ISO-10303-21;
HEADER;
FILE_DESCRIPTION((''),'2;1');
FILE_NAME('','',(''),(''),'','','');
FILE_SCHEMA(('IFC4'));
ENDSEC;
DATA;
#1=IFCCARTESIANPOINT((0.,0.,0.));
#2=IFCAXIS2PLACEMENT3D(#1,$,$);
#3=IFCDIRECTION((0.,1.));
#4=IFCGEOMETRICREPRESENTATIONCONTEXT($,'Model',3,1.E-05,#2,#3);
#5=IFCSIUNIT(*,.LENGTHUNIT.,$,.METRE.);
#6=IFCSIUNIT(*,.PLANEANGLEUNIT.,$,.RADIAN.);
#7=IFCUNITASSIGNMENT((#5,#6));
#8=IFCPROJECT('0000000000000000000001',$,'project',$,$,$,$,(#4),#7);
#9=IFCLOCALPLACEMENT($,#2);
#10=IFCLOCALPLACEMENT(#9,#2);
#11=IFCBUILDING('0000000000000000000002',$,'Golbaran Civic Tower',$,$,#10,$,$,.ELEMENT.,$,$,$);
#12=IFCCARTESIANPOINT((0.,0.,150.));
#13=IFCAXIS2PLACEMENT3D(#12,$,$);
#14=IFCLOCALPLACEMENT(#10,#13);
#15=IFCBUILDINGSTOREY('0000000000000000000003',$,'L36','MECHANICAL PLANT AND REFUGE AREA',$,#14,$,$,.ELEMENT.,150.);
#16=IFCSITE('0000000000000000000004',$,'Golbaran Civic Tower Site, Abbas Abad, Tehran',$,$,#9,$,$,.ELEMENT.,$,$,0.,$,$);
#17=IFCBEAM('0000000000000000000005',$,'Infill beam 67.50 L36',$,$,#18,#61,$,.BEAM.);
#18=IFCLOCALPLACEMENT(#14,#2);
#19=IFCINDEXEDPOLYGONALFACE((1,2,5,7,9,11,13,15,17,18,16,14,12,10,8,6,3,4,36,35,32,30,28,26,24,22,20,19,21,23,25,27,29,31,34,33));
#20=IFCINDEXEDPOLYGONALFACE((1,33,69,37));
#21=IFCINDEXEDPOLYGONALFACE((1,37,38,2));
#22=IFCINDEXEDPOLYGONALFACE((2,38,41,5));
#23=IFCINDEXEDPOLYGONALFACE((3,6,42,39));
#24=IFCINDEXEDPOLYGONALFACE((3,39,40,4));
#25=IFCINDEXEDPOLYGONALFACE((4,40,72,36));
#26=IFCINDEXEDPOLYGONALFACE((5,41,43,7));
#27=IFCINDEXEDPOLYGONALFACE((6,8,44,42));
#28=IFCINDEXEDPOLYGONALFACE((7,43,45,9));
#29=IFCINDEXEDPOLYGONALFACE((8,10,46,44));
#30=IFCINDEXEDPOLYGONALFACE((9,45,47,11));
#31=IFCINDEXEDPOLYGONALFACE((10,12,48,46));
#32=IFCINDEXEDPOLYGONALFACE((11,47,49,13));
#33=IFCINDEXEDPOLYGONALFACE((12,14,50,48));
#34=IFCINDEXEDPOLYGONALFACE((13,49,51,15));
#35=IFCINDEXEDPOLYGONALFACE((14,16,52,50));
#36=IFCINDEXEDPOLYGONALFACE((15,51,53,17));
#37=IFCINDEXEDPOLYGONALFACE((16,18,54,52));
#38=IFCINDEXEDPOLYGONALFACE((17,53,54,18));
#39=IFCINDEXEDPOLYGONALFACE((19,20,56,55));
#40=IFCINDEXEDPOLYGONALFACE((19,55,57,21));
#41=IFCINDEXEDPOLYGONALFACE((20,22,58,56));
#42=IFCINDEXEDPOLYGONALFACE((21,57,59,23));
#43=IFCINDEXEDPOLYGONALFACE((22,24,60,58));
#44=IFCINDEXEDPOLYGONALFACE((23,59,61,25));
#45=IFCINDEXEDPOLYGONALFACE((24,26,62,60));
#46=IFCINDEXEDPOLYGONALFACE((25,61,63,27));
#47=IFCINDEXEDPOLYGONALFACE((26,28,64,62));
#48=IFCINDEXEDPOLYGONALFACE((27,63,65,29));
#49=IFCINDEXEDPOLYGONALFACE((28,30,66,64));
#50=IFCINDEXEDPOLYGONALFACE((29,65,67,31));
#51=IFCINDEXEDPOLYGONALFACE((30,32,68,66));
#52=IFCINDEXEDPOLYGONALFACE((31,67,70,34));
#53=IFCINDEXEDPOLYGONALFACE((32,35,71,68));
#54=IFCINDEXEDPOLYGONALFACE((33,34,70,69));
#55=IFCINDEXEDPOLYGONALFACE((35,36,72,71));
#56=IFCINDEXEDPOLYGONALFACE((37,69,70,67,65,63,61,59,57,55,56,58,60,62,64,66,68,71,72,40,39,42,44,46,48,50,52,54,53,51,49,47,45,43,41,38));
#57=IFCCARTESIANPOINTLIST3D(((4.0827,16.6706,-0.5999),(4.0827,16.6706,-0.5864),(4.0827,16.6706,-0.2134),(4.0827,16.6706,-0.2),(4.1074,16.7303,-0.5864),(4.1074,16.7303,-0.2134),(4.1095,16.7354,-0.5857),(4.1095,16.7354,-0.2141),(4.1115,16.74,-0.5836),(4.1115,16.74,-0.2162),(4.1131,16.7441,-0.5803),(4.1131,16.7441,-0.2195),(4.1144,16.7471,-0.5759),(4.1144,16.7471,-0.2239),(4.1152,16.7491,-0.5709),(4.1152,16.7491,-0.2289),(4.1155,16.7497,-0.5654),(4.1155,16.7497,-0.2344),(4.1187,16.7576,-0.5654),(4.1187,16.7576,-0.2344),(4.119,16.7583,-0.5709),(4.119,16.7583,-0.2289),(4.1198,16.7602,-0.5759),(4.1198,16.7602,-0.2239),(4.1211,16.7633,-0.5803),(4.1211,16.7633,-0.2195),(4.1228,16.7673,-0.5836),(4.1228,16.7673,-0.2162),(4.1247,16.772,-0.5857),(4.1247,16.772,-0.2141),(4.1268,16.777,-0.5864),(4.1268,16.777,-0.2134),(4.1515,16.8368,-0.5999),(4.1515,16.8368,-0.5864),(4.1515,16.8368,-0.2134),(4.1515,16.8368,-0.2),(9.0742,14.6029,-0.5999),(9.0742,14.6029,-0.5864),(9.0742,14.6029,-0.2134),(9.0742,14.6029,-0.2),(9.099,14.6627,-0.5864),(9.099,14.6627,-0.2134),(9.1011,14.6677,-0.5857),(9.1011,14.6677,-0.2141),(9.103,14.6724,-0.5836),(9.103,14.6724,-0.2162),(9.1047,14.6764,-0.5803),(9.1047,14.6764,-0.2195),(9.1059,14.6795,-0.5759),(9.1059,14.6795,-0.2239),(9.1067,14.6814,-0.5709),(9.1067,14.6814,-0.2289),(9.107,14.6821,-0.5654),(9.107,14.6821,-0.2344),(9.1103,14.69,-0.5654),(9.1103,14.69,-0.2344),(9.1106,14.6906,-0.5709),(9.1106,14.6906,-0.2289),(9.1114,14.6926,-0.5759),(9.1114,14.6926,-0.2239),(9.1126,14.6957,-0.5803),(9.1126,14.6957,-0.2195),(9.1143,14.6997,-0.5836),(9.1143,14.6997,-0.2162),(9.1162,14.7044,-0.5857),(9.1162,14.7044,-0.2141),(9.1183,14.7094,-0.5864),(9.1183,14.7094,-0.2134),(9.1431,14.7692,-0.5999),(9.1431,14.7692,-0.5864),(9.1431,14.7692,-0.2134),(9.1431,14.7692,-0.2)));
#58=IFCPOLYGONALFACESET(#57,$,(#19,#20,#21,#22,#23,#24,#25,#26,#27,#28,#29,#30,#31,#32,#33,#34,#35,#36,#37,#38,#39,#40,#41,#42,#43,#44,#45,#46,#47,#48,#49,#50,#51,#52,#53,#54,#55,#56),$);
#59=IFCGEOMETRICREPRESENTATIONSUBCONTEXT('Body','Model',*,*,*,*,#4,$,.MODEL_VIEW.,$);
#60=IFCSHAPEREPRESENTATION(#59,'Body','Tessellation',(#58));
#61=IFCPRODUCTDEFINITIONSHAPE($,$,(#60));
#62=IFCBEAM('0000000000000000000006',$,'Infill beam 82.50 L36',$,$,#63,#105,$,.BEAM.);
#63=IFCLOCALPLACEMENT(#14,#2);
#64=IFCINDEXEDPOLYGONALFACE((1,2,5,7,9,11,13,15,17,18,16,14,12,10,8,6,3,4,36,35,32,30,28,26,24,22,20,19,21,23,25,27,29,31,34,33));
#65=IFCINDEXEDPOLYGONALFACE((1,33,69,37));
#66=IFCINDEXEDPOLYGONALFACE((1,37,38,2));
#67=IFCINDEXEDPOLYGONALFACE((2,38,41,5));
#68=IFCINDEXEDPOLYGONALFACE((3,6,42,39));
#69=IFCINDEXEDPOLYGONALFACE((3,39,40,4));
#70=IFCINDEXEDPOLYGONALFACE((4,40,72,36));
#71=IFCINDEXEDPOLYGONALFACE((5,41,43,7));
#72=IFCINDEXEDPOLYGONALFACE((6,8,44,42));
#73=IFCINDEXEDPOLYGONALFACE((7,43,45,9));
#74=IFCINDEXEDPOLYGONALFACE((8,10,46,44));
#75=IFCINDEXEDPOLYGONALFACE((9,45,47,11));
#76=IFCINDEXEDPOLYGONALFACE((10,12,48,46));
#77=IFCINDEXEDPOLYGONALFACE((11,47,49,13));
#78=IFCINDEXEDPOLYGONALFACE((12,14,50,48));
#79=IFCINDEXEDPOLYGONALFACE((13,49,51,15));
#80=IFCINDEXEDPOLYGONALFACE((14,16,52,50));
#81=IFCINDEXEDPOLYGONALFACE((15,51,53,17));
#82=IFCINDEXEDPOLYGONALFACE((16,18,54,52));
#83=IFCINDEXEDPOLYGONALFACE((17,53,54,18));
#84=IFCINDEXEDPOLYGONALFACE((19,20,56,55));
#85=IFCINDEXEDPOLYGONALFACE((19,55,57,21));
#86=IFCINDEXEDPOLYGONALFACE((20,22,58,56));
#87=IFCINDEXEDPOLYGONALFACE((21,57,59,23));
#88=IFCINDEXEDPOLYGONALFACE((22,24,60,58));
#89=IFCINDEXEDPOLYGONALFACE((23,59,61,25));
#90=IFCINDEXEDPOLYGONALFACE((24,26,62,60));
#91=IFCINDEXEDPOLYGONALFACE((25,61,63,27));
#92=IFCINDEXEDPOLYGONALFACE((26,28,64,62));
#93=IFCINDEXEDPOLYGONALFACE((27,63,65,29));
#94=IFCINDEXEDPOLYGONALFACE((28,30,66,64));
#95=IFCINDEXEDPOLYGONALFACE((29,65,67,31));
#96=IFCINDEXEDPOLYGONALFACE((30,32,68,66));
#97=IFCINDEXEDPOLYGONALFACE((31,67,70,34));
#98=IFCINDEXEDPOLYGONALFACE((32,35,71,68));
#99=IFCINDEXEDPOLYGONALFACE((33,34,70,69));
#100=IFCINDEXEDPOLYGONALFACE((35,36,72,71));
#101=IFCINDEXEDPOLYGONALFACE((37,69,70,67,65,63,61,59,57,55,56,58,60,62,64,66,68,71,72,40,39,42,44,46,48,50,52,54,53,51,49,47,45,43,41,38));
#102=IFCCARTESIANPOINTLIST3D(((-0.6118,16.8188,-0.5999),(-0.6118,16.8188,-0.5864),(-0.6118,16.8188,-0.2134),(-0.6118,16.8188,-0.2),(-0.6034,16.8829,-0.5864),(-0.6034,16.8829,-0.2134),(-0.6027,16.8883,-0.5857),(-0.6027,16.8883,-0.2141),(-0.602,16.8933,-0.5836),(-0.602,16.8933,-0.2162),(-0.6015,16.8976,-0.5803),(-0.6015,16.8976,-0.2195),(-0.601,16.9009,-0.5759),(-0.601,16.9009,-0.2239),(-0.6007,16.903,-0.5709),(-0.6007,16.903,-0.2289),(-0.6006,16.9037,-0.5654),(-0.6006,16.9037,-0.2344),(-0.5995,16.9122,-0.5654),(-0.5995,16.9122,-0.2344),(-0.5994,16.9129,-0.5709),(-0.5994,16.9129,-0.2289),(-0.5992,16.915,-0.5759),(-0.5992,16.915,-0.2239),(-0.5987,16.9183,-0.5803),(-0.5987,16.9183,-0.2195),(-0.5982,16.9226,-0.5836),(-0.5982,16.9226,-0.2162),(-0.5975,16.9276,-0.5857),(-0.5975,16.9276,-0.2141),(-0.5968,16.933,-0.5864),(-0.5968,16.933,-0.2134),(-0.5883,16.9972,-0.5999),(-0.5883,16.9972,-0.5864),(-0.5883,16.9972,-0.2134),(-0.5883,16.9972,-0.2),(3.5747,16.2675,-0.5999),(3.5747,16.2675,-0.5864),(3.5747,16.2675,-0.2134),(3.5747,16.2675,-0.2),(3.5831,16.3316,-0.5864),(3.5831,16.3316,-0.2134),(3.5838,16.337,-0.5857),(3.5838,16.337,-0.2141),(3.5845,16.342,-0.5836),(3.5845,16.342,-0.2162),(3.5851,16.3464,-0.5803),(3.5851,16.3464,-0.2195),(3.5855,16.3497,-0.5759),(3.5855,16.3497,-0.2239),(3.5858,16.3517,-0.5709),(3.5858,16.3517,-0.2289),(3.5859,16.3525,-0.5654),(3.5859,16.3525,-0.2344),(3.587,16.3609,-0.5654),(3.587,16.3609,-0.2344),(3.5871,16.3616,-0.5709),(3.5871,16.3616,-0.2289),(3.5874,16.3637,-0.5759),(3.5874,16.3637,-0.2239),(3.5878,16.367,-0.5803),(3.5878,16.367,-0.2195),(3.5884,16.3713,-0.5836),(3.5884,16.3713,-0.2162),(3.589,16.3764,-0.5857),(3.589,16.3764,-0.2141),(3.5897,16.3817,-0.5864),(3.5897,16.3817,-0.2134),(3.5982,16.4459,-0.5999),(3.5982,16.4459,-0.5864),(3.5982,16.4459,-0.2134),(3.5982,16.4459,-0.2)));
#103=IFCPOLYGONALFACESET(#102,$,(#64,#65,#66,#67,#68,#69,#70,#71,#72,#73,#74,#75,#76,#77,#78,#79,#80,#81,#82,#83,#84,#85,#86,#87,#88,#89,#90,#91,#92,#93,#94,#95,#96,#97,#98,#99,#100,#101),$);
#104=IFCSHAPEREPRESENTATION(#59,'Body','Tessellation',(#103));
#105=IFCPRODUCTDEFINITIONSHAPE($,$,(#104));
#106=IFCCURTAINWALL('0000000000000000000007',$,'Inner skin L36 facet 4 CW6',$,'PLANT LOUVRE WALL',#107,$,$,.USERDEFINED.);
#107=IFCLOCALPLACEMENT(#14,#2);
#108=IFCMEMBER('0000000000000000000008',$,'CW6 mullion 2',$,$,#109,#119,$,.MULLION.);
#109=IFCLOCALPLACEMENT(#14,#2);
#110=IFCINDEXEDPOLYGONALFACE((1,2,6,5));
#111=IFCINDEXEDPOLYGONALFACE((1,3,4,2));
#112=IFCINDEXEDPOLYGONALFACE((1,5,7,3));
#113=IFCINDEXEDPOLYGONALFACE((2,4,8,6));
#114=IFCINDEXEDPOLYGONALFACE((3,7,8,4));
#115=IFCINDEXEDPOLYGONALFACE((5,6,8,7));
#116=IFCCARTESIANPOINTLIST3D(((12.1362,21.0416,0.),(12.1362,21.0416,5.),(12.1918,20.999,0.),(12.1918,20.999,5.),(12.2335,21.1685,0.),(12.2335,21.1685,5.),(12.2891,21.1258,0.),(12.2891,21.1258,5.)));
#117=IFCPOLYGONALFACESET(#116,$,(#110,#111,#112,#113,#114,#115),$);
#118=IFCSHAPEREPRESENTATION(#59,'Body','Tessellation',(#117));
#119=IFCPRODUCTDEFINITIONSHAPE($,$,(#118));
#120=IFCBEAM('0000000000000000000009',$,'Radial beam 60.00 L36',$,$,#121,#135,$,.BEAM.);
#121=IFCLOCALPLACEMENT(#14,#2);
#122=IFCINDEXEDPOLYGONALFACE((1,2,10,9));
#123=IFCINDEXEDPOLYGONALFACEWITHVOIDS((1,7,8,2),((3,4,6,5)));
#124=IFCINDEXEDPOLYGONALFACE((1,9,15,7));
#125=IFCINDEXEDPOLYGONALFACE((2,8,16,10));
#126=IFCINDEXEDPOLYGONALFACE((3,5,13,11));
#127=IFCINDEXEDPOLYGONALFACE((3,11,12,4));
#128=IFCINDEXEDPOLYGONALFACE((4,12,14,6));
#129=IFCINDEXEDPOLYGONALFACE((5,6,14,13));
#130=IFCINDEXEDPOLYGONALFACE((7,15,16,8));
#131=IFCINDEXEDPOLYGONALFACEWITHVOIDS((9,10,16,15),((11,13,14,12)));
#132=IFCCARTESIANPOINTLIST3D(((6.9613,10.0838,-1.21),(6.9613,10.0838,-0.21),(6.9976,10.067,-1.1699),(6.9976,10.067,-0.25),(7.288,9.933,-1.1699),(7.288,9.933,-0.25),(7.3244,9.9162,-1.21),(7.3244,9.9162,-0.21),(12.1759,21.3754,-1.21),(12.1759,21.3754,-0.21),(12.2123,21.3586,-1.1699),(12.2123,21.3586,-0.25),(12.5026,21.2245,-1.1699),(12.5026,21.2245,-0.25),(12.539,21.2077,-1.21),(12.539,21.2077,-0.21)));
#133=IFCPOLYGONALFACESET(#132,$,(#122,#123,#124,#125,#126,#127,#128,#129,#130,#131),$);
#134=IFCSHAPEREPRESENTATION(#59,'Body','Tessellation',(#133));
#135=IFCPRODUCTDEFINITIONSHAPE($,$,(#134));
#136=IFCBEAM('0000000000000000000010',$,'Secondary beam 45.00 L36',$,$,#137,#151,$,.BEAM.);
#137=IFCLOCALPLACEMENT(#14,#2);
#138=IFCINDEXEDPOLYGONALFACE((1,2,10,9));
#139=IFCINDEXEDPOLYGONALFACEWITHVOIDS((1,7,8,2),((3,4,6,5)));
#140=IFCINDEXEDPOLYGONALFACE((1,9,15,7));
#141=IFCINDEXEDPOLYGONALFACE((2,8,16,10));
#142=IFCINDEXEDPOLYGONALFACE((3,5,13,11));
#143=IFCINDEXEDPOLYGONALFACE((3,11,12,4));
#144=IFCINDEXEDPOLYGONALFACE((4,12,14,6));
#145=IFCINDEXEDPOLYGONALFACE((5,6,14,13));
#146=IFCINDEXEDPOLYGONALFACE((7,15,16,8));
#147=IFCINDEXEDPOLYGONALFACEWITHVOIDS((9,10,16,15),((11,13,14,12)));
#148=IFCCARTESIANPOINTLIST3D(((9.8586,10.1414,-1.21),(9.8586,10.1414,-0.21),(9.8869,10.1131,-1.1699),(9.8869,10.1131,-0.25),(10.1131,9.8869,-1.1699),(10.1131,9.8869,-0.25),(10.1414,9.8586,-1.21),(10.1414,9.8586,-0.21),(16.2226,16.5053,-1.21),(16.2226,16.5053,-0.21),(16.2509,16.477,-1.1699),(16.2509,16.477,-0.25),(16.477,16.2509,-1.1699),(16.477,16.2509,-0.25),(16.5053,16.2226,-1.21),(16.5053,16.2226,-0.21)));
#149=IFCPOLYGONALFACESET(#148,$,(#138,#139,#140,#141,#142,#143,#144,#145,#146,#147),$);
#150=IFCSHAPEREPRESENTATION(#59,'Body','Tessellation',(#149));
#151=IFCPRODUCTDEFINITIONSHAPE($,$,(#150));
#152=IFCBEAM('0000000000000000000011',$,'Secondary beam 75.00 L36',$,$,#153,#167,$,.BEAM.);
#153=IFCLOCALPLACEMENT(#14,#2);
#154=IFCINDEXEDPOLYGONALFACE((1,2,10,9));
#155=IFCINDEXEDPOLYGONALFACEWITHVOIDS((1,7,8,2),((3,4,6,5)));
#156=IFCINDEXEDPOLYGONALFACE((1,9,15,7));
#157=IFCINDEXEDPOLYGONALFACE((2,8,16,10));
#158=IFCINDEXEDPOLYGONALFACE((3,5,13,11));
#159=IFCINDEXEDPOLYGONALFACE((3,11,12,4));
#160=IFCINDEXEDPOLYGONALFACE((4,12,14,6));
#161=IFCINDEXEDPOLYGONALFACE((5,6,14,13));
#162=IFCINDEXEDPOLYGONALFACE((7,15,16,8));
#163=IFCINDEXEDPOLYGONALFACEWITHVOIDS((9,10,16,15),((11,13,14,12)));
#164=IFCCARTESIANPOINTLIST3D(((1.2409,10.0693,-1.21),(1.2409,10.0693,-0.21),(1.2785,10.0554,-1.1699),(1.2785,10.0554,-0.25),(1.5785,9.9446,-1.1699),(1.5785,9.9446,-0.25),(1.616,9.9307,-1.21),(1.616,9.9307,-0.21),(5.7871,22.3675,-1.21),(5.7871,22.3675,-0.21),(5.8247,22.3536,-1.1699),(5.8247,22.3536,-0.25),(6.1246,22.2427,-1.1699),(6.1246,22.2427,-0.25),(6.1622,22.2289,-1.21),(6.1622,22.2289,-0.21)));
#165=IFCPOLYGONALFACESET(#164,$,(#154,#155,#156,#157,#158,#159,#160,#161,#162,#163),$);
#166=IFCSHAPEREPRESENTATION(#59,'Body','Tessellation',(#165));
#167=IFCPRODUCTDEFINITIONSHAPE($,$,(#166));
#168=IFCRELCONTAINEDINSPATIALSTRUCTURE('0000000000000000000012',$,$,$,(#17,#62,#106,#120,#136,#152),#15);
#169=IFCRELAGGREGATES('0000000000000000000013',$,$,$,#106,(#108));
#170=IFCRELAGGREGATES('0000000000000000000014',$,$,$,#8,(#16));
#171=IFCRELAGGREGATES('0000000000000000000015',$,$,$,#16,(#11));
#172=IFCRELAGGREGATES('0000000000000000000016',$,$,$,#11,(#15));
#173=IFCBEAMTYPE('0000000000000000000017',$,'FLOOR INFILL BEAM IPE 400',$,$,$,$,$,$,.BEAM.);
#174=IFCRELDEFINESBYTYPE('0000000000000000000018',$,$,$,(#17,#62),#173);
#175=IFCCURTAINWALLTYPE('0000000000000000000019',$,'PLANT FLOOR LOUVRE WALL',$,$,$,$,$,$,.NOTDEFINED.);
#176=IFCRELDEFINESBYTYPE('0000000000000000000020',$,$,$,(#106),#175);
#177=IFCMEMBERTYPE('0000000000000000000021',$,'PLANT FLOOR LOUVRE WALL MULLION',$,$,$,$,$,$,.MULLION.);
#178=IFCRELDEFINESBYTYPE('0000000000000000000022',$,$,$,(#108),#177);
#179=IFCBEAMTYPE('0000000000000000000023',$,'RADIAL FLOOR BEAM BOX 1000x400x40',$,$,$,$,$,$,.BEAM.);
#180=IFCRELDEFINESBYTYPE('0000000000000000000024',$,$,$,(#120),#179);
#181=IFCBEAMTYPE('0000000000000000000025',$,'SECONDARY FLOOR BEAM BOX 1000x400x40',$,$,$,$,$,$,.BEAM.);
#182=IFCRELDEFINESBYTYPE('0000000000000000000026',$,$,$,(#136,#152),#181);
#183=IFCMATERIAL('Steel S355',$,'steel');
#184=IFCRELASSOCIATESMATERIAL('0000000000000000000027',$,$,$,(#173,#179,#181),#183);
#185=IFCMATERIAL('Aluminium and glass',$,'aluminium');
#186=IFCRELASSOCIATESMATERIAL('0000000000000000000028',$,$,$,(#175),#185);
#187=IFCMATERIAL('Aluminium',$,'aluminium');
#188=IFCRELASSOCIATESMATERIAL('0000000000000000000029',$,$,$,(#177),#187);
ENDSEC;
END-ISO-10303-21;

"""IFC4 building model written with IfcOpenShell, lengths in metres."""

from ifc_helpers import new_model, si_unit, direction, frame, origin, origin_2d, place, context, subcontext, project, spatial, rectangle, hollow_rectangle, i_section, extrude, material, material_profile, profile_set, type_object, element, aggregate, save


model = new_model("IFC4")

# Units and contexts
model_context = context("Model", 3, precision=1e-05, world=origin(), true_north=direction((0.0, 1.0)))
body_context = subcontext(model_context, "Body", "Model", "MODEL_VIEW")
ifc_project = project(units=[si_unit("LENGTHUNIT", "METRE"), si_unit("PLANEANGLEUNIT", "RADIAN")], contexts=[model_context])

# Site, building, storey
site_placement = place(None, origin())
site = spatial("IfcSite", under=ifc_project, at=site_placement, Name="Golbaran Civic Tower Site, Abbas Abad, Tehran", CompositionType="ELEMENT", RefElevation=0.0)
building_placement = place(site_placement, origin())
building = spatial("IfcBuilding", under=site, at=building_placement, Name="Golbaran Civic Tower", CompositionType="ELEMENT")
storey_placement = place(building_placement, frame((0.0, 0.0, 150.0)))
storey = spatial("IfcBuildingStorey", under=building, at=storey_placement, Name="L36", Description="MECHANICAL PLANT AND REFUGE AREA", CompositionType="ELEMENT", Elevation=150.0)

# Shared definitions
ifc_material_1 = material(Name="Steel S355", Category="steel")

# Beams
ifc_material_profile_1 = material_profile(ifc_material_1, i_section(OverallWidth=0.1799, OverallDepth=0.3999, WebThickness=0.0085, FlangeThickness=0.0134, FilletRadius=0.021, at=origin_2d()), Name="IPE 400")
ifc_profile_set_1 = profile_set([ifc_material_profile_1], Name="Steel S355")
beam_type_1 = type_object("IfcBeamType", Name="FLOOR INFILL BEAM IPE 400", PredefinedType="BEAM", material=ifc_profile_set_1)
beam_1_placement = place(storey_placement, frame((9.1086, 14.686, -0.3999), z_axis=(-0.923873, 0.382699, 0.0), x_axis=(-0.382699, -0.923873, 0.0)))
element("IfcBeam", 1, at=beam_1_placement, inside=storey, type_object=beam_type_1, Name="Infill beam 67.50 L36", PredefinedType="BEAM", context=body_context, shape_type="SweptSolid", body=[
    extrude(i_section(OverallWidth=0.1799, OverallDepth=0.3999, WebThickness=0.0085, FlangeThickness=0.0134, FilletRadius=0.021, at=origin_2d()), origin(), (0.0, 0.0, 1.0), 5.4028),
])
beam_2_placement = place(storey_placement, frame((3.5864, 16.3567, -0.3999), z_axis=(-0.991442, 0.13055, 0.0), x_axis=(-0.13055, -0.991442, 0.0)))
element("IfcBeam", 2, at=beam_2_placement, inside=storey, type_object=beam_type_1, Name="Infill beam 82.50 L36", PredefinedType="BEAM", context=body_context, shape_type="SweptSolid", body=[
    extrude(i_section(OverallWidth=0.1799, OverallDepth=0.3999, WebThickness=0.0085, FlangeThickness=0.0134, FilletRadius=0.021, at=origin_2d()), origin(), (0.0, 0.0, 1.0), 4.2227),
])

# Curtain wall, member
ifc_material_2 = material(Name="Aluminium and glass", Category="aluminium")
curtain_wall_type = type_object("IfcCurtainWallType", Name="PLANT FLOOR LOUVRE WALL", PredefinedType="NOTDEFINED", material=ifc_material_2)
curtain_wall_placement = place(storey_placement, origin())
curtain_wall = element("IfcCurtainWall", 3, at=curtain_wall_placement, inside=storey, type_object=curtain_wall_type, Name="Inner skin L36 facet 4 CW6", ObjectType="PLANT LOUVRE WALL", PredefinedType="USERDEFINED")
ifc_material_3 = material(Name="Aluminium", Category="aluminium")
ifc_material_profile_2 = material_profile(ifc_material_3, rectangle(XDim=0.1599, YDim=0.0701, at=origin_2d()), Name="PLANT FLOOR LOUVRE WALL MULLION")
ifc_profile_set_2 = profile_set([ifc_material_profile_2], Name="Aluminium")
member_type_1 = type_object("IfcMemberType", Name="PLANT FLOOR LOUVRE WALL MULLION", PredefinedType="MULLION", material=ifc_profile_set_2)
member_1_placement = place(storey_placement, frame((12.2126, 21.0837, 0.0), z_axis=(0.0, 0.0, 1.0), x_axis=(-0.608761, -0.793353, 0.0)))
member_1 = element("IfcMember", 4, at=member_1_placement, type_object=member_type_1, Name="CW6 mullion 2", PredefinedType="MULLION", context=body_context, shape_type="SweptSolid", body=[
    extrude(rectangle(XDim=0.1599, YDim=0.0701, at=origin_2d()), origin(), (0.0, 0.0, 1.0), 5.0),
])
aggregate(curtain_wall, [member_1])

# Beams
ifc_material_profile_3 = material_profile(ifc_material_1, hollow_rectangle(XDim=0.3999, YDim=1.0, WallThickness=0.04, at=origin_2d()), Name="BOX 1000x400x40")
ifc_profile_set_3 = profile_set([ifc_material_profile_3], Name="Steel S355")
beam_type_2 = type_object("IfcBeamType", Name="RADIAL FLOOR BEAM BOX 1000x400x40", PredefinedType="BEAM", material=ifc_profile_set_3)
beam_3_placement = place(storey_placement, frame((7.1428, 10.0, -0.71), z_axis=(0.419266, 0.907863, 0.0), x_axis=(-0.907863, 0.419266, 0.0)))
element("IfcBeam", 5, at=beam_3_placement, inside=storey, type_object=beam_type_2, Name="Radial beam 60.00 L36", PredefinedType="BEAM", context=body_context, shape_type="SweptSolid", body=[
    extrude(hollow_rectangle(XDim=0.3999, YDim=1.0, WallThickness=0.04, at=origin_2d()), origin(), (0.0, 0.0, 1.0), 12.4375),
])
ifc_material_profile_4 = material_profile(ifc_material_1, hollow_rectangle(XDim=0.3999, YDim=1.0, WallThickness=0.04, at=origin_2d()), Name="BOX 1000x400x40")
ifc_profile_set_4 = profile_set([ifc_material_profile_4], Name="Steel S355")
beam_type_3 = type_object("IfcBeamType", Name="SECONDARY FLOOR BEAM BOX 1000x400x40", PredefinedType="BEAM", material=ifc_profile_set_4)
beam_4_placement = place(storey_placement, frame((10.0, 10.0, -0.71), z_axis=(0.707107, 0.707107, 0.0), x_axis=(-0.707107, 0.707107, 0.0)))
element("IfcBeam", 6, at=beam_4_placement, inside=storey, type_object=beam_type_3, Name="Secondary beam 45.00 L36", PredefinedType="BEAM", context=body_context, shape_type="SweptSolid", body=[
    extrude(hollow_rectangle(XDim=0.3999, YDim=1.0, WallThickness=0.04, at=origin_2d()), origin(), (0.0, 0.0, 1.0), 9.0),
])
beam_5_placement = place(storey_placement, frame((1.4285, 10.0, -0.71), z_axis=(0.34673, 0.937965, 0.0), x_axis=(-0.937965, 0.34673, 0.0)))
element("IfcBeam", 7, at=beam_5_placement, inside=storey, type_object=beam_type_3, Name="Secondary beam 75.00 L36", PredefinedType="BEAM", context=body_context, shape_type="SweptSolid", body=[
    extrude(hollow_rectangle(XDim=0.3999, YDim=1.0, WallThickness=0.04, at=origin_2d()), origin(), (0.0, 0.0, 1.0), 13.1116),
])

save(model, "model.ifc")
